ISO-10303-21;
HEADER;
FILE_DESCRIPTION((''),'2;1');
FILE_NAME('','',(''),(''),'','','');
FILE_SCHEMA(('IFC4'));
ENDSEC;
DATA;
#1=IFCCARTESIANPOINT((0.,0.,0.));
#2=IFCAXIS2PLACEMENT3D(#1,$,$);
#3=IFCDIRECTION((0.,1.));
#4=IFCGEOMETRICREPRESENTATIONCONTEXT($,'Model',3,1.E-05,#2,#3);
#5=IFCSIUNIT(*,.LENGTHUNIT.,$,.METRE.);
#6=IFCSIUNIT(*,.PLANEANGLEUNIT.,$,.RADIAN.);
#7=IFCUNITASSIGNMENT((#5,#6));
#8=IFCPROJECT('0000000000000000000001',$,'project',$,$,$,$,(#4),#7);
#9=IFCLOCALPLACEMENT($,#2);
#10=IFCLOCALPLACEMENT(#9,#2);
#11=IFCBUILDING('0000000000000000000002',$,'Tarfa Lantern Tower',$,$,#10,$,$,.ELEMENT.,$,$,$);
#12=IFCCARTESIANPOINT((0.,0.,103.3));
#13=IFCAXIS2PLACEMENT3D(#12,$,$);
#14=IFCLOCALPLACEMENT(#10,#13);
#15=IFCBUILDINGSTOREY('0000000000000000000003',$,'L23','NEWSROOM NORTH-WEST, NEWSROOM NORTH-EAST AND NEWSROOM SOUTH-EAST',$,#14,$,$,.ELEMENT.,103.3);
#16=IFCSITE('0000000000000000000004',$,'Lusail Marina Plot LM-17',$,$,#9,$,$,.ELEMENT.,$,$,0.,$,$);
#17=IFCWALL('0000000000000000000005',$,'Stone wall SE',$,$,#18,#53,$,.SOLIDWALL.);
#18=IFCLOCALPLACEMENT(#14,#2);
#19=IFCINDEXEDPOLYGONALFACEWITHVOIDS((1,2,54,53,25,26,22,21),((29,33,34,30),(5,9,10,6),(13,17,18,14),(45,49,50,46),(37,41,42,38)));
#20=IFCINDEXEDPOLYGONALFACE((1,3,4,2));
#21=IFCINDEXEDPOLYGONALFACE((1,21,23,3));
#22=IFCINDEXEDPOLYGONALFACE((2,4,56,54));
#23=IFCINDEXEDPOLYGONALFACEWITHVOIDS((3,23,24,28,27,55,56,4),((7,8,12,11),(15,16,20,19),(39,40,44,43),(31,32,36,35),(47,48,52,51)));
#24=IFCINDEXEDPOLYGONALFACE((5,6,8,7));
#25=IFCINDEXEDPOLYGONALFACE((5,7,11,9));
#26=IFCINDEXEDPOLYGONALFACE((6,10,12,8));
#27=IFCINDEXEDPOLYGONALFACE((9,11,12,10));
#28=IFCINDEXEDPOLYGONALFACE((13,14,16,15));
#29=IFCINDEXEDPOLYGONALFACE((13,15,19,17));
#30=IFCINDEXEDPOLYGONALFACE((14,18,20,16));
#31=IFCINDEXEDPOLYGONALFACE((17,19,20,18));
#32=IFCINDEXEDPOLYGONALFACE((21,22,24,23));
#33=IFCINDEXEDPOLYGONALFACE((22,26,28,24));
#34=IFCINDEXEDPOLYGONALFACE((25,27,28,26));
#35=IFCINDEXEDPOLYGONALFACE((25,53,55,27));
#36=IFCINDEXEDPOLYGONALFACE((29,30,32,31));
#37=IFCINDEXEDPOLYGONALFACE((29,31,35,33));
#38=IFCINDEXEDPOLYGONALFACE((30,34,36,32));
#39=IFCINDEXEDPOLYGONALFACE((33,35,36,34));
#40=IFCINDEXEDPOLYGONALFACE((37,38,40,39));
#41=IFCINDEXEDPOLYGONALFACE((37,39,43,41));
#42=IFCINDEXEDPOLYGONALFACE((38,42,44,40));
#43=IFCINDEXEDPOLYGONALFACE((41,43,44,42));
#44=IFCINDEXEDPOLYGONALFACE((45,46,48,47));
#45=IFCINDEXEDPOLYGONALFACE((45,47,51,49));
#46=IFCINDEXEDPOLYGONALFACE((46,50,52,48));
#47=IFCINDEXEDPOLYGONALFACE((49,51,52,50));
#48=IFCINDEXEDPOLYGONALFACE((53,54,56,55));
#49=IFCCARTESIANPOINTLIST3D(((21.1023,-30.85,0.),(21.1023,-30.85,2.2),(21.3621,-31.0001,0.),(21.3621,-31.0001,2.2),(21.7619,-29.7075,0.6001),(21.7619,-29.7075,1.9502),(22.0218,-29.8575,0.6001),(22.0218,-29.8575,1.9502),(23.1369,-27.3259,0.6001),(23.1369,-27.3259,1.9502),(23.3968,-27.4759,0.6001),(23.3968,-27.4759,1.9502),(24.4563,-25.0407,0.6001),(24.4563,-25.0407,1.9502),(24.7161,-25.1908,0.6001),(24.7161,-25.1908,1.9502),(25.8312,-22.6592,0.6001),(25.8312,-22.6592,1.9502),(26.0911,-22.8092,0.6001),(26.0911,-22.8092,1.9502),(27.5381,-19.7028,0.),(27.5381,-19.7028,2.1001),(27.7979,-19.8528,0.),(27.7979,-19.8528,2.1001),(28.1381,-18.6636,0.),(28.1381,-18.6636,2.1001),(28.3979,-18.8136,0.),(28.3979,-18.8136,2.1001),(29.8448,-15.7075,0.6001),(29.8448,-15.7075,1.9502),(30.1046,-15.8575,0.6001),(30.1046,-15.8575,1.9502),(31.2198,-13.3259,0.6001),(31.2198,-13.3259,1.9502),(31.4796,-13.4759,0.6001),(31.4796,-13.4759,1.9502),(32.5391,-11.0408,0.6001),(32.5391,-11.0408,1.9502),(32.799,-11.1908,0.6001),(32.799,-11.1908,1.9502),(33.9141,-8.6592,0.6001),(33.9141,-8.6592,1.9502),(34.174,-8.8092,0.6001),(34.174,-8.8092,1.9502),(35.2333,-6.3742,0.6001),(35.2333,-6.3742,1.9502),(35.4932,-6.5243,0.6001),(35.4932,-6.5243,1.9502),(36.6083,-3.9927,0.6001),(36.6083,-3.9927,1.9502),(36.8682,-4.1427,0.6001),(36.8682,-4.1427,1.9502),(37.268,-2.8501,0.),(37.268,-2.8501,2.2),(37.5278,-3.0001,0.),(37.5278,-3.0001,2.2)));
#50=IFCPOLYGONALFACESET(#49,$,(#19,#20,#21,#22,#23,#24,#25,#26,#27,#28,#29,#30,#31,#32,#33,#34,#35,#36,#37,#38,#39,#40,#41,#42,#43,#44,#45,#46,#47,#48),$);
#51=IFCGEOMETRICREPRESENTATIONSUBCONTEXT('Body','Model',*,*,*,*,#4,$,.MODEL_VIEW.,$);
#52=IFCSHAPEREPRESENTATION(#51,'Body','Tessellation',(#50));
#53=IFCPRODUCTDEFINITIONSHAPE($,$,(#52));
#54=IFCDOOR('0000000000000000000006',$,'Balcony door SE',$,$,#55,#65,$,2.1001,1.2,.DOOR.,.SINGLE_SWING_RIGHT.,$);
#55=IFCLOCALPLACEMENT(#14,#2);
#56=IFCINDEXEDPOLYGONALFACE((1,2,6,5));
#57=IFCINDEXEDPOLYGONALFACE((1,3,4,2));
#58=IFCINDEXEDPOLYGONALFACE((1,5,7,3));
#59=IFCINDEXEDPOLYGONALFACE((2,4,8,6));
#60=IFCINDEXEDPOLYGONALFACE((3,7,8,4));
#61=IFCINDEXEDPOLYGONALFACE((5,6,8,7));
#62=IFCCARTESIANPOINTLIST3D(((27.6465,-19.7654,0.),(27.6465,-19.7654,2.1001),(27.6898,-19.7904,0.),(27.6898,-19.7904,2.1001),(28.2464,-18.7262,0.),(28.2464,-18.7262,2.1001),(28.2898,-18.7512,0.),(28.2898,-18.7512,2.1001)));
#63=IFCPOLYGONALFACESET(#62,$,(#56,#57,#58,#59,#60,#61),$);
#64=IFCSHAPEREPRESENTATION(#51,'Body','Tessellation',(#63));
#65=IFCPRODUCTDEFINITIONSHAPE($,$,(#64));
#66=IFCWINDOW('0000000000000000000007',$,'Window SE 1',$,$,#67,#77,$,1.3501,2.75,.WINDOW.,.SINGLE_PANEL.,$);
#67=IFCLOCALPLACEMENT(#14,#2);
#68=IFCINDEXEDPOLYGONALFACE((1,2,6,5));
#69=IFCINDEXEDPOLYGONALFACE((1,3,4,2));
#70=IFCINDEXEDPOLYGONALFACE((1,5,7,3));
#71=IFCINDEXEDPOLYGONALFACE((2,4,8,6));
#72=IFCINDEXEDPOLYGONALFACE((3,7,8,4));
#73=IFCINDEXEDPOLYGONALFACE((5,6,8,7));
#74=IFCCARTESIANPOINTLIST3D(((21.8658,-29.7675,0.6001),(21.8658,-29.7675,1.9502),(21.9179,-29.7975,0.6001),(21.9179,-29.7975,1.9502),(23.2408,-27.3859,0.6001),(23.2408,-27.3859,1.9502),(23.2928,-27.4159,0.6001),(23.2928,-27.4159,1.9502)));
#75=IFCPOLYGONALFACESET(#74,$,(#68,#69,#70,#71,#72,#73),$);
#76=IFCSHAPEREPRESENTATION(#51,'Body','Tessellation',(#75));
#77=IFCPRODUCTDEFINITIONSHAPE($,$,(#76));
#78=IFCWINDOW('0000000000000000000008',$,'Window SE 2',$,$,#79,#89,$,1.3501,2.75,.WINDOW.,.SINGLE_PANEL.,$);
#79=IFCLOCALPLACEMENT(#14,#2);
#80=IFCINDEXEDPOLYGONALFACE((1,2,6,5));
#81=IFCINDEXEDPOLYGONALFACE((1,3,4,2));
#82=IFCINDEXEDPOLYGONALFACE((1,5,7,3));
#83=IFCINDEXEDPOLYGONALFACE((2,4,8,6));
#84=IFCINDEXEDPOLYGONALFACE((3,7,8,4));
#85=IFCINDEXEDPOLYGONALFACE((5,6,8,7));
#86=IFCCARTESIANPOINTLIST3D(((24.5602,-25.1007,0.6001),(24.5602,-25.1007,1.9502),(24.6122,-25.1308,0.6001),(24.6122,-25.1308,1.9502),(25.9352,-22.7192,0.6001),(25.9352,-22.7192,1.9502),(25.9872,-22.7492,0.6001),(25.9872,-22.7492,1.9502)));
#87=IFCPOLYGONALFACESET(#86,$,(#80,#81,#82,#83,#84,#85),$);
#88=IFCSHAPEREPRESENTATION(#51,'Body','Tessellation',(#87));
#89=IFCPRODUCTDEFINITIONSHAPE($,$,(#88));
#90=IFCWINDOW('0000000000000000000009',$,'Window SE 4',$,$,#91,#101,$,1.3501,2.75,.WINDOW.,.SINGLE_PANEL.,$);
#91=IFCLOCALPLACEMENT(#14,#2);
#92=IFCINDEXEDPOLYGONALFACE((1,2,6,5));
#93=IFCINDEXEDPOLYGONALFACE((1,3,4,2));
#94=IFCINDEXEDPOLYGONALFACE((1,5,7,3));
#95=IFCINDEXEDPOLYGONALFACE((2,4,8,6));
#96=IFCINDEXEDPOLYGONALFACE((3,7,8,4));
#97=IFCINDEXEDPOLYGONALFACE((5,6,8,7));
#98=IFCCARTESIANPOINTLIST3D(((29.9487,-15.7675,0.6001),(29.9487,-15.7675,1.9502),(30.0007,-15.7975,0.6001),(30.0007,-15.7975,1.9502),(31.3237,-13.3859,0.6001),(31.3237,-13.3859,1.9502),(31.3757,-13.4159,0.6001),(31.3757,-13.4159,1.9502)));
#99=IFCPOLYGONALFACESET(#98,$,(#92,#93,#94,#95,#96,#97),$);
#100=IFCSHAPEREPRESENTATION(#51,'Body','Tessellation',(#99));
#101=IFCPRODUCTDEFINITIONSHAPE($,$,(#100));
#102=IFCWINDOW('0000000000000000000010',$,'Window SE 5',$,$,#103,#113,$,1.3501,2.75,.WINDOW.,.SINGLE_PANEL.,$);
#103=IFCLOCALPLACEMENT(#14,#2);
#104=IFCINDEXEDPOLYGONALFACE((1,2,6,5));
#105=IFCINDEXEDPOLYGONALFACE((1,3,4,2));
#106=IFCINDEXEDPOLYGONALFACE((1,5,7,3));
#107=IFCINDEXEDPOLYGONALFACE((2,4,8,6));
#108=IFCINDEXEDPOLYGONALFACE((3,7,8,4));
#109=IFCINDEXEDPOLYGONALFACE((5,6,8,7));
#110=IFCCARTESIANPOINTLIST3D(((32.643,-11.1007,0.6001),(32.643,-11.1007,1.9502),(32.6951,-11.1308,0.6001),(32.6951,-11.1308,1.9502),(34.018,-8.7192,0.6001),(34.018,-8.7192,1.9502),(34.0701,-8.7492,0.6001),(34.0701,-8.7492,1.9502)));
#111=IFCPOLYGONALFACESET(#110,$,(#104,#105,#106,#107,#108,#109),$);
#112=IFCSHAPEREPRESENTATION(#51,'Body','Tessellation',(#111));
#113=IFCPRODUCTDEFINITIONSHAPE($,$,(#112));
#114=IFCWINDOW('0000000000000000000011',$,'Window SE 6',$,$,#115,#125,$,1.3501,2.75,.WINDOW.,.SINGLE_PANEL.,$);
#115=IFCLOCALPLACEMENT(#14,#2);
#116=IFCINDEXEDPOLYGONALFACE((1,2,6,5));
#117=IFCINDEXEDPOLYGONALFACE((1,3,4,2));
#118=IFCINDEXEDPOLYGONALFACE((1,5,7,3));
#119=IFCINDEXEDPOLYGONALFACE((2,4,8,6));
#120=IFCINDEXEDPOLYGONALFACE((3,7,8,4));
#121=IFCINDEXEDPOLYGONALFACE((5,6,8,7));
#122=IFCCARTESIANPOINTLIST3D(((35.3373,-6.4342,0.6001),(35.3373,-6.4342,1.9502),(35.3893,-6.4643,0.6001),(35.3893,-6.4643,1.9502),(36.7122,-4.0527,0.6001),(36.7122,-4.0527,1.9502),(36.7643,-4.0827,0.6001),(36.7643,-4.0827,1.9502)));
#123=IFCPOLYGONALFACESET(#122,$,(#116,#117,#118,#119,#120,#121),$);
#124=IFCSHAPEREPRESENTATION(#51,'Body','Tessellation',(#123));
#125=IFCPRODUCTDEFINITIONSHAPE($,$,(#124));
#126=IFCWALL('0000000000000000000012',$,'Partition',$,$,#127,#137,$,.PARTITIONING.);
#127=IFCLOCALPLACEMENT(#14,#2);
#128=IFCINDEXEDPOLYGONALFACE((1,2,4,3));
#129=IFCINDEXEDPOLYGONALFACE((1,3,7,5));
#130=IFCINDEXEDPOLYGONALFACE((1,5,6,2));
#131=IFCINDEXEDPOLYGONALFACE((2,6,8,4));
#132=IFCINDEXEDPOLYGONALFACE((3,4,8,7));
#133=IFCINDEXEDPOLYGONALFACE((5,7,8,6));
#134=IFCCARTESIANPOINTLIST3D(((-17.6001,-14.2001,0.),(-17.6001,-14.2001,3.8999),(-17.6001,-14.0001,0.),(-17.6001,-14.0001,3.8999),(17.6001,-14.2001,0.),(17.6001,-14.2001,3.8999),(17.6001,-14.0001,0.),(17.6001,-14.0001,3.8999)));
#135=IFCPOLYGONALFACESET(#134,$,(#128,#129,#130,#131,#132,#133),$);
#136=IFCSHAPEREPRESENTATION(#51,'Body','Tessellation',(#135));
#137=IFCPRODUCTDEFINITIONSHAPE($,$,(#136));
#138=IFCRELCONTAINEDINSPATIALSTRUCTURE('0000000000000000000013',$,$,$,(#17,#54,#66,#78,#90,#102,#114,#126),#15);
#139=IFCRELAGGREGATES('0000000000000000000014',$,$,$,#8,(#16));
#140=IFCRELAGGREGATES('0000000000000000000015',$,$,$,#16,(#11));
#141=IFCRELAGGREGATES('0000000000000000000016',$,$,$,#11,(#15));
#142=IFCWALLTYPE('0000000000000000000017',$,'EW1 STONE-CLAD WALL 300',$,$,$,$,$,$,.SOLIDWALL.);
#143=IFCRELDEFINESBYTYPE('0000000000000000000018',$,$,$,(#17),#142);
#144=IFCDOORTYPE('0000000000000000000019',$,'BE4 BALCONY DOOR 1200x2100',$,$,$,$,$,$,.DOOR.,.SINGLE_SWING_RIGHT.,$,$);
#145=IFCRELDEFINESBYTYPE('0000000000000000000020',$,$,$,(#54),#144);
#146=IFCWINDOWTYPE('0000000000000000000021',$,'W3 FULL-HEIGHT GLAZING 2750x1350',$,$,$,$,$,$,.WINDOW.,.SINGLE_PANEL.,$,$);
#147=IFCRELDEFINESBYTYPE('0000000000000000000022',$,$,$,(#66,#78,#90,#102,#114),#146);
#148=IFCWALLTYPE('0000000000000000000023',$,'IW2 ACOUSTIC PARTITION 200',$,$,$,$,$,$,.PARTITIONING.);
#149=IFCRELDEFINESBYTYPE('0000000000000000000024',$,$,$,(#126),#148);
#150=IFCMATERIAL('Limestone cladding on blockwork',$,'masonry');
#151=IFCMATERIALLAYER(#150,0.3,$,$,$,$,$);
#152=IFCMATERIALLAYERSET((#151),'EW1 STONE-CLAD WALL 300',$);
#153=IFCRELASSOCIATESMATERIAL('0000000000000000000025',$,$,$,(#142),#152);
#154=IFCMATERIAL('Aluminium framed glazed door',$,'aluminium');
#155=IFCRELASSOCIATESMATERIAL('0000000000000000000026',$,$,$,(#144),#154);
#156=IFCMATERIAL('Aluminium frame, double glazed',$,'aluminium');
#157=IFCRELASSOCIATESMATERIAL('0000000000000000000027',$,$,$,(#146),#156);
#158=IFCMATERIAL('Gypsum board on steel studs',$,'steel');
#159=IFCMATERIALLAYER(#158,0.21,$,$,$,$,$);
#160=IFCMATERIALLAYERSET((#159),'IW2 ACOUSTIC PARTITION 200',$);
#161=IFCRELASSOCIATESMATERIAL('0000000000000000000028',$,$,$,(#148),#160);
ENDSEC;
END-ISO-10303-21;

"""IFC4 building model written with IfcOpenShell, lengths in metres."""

from ifc_helpers import new_model, si_unit, direction, frame, frame_2d, origin, place, context, subcontext, project, spatial, rectangle, extrude, material, layer, layer_set, type_object, element, fill, save


model = new_model("IFC4")

# Units and contexts
model_context = context("Model", 3, precision=1e-05, world=origin(), true_north=direction((0.0, 1.0)))
body_context = subcontext(model_context, "Body", "Model", "MODEL_VIEW")
ifc_project = project(units=[si_unit("LENGTHUNIT", "METRE"), si_unit("PLANEANGLEUNIT", "RADIAN")], contexts=[model_context])

# Site, building, storey
site_placement = place(None, origin())
site = spatial("IfcSite", under=ifc_project, at=site_placement, Name="Lusail Marina Plot LM-17", CompositionType="ELEMENT", RefElevation=0.0)
building_placement = place(site_placement, origin())
building = spatial("IfcBuilding", under=site, at=building_placement, Name="Tarfa Lantern Tower", CompositionType="ELEMENT")
storey_placement = place(building_placement, frame((0.0, 0.0, 103.3)))
storey = spatial("IfcBuildingStorey", under=building, at=storey_placement, Name="L23", Description="NEWSROOM NORTH-WEST, NEWSROOM NORTH-EAST AND NEWSROOM SOUTH-EAST", CompositionType="ELEMENT", Elevation=103.3)

# Wall, openings, door, windows
ifc_material_1 = material(Name="Limestone cladding on blockwork", Category="masonry")
ifc_layer_1 = layer(ifc_material_1, 0.3)
ifc_layer_set_1 = layer_set([ifc_layer_1], Name="EW1 STONE-CLAD WALL 300")
wall_type_1 = type_object("IfcWallType", Name="EW1 STONE-CLAD WALL 300", PredefinedType="SOLIDWALL", material=ifc_layer_set_1)
wall_1_placement = place(storey_placement, frame((21.2322, -30.925, 0.0), z_axis=(0.0, 0.0, 1.0), x_axis=(0.499999, 0.866026, 0.0)))
wall_1 = element("IfcWall", 1, at=wall_1_placement, inside=storey, type_object=wall_type_1, Name="Stone wall SE", PredefinedType="SOLIDWALL", context=body_context, shape_type="SweptSolid", body=[
    extrude(rectangle(XDim=32.3315, YDim=0.3, at=frame_2d((16.1658, 0.0))), origin(), (0.0, 0.0, 1.0), 2.2),
])
opening_1_placement = place(wall_1_placement, frame((1.3193, 0.0, 0.6001)))
opening_1 = element("IfcOpeningElement", 2, at=opening_1_placement, cuts=wall_1, PredefinedType="OPENING", context=body_context, shape_type="SweptSolid", body=[
    extrude(rectangle(XDim=2.75, YDim=1.3501, at=frame_2d((1.375, 0.675))), frame((0.0, 0.1599, 0.0), z_axis=(0.0, -1.0, 0.0), x_axis=(1.0, 0.0, 0.0)), (0.0, 0.0, 1.0), 0.3201),
])
opening_2_placement = place(wall_1_placement, frame((6.708, 0.0, 0.6001)))
opening_2 = element("IfcOpeningElement", 3, at=opening_2_placement, cuts=wall_1, PredefinedType="OPENING", context=body_context, shape_type="SweptSolid", body=[
    extrude(rectangle(XDim=2.75, YDim=1.3501, at=frame_2d((1.375, 0.675))), frame((0.0, 0.1599, 0.0), z_axis=(0.0, -1.0, 0.0), x_axis=(1.0, 0.0, 0.0)), (0.0, 0.0, 1.0), 0.3201),
])
opening_3_placement = place(wall_1_placement, frame((12.8716, 0.0, 0.0)))
opening_3 = element("IfcOpeningElement", 4, at=opening_3_placement, cuts=wall_1, PredefinedType="OPENING", context=body_context, shape_type="SweptSolid", body=[
    extrude(rectangle(XDim=1.2, YDim=2.1001, at=frame_2d((0.6001, 1.05))), frame((0.0, 0.1599, 0.0), z_axis=(0.0, -1.0, 0.0), x_axis=(1.0, 0.0, 0.0)), (0.0, 0.0, 1.0), 0.3201),
])
opening_4_placement = place(wall_1_placement, frame((17.4851, 0.0, 0.6001)))
opening_4 = element("IfcOpeningElement", 5, at=opening_4_placement, cuts=wall_1, PredefinedType="OPENING", context=body_context, shape_type="SweptSolid", body=[
    extrude(rectangle(XDim=2.75, YDim=1.3501, at=frame_2d((1.375, 0.675))), frame((0.0, 0.1599, 0.0), z_axis=(0.0, -1.0, 0.0), x_axis=(1.0, 0.0, 0.0)), (0.0, 0.0, 1.0), 0.3201),
])
opening_5_placement = place(wall_1_placement, frame((22.8738, 0.0, 0.6001)))
opening_5 = element("IfcOpeningElement", 6, at=opening_5_placement, cuts=wall_1, PredefinedType="OPENING", context=body_context, shape_type="SweptSolid", body=[
    extrude(rectangle(XDim=2.75, YDim=1.3501, at=frame_2d((1.375, 0.675))), frame((0.0, 0.1599, 0.0), z_axis=(0.0, -1.0, 0.0), x_axis=(1.0, 0.0, 0.0)), (0.0, 0.0, 1.0), 0.3201),
])
opening_6_placement = place(wall_1_placement, frame((28.2622, 0.0, 0.6001)))
opening_6 = element("IfcOpeningElement", 7, at=opening_6_placement, cuts=wall_1, PredefinedType="OPENING", context=body_context, shape_type="SweptSolid", body=[
    extrude(rectangle(XDim=2.75, YDim=1.3501, at=frame_2d((1.375, 0.675))), frame((0.0, 0.1599, 0.0), z_axis=(0.0, -1.0, 0.0), x_axis=(1.0, 0.0, 0.0)), (0.0, 0.0, 1.0), 0.3201),
])
ifc_material_2 = material(Name="Aluminium framed glazed door", Category="aluminium")
door_type_1 = type_object("IfcDoorType", Name="BE4 BALCONY DOOR 1200x2100", OperationType="SINGLE_SWING_RIGHT", PredefinedType="DOOR", material=ifc_material_2)
door_1_placement = place(opening_3_placement, origin())
door_1 = element("IfcDoor", 8, at=door_1_placement, inside=storey, type_object=door_type_1, Name="Balcony door SE", OperationType="SINGLE_SWING_RIGHT", OverallHeight=2.1001, OverallWidth=1.2, PredefinedType="DOOR", context=body_context, shape_type="SweptSolid", body=[
    extrude(rectangle(XDim=1.2, YDim=2.1001, at=frame_2d((0.6001, 1.05))), frame((0.0, 0.0249, 0.0), z_axis=(0.0, -1.0, 0.0), x_axis=(1.0, 0.0, 0.0)), (0.0, 0.0, 1.0), 0.05),
])
fill(opening_3, door_1)
ifc_material_3 = material(Name="Aluminium frame, double glazed", Category="aluminium")
window_type = type_object("IfcWindowType", Name="W3 FULL-HEIGHT GLAZING 2750x1350", PartitioningType="SINGLE_PANEL", PredefinedType="WINDOW", material=ifc_material_3)
window_1_placement = place(opening_1_placement, origin())
window_1 = element("IfcWindow", 9, at=window_1_placement, inside=storey, type_object=window_type, Name="Window SE 1", OverallHeight=1.3501, OverallWidth=2.75, PartitioningType="SINGLE_PANEL", PredefinedType="WINDOW", context=body_context, shape_type="SweptSolid", body=[
    extrude(rectangle(XDim=2.75, YDim=1.3501, at=frame_2d((1.375, 0.675))), frame((0.0, 0.03, 0.0), z_axis=(0.0, -1.0, 0.0), x_axis=(1.0, 0.0, 0.0)), (0.0, 0.0, 1.0), 0.0601),
])
fill(opening_1, window_1)
window_2_placement = place(opening_2_placement, origin())
window_2 = element("IfcWindow", 10, at=window_2_placement, inside=storey, type_object=window_type, Name="Window SE 2", OverallHeight=1.3501, OverallWidth=2.75, PartitioningType="SINGLE_PANEL", PredefinedType="WINDOW", context=body_context, shape_type="SweptSolid", body=[
    extrude(rectangle(XDim=2.75, YDim=1.3501, at=frame_2d((1.375, 0.675))), frame((0.0, 0.03, 0.0), z_axis=(0.0, -1.0, 0.0), x_axis=(1.0, 0.0, 0.0)), (0.0, 0.0, 1.0), 0.0601),
])
fill(opening_2, window_2)
window_3_placement = place(opening_4_placement, origin())
window_3 = element("IfcWindow", 11, at=window_3_placement, inside=storey, type_object=window_type, Name="Window SE 4", OverallHeight=1.3501, OverallWidth=2.75, PartitioningType="SINGLE_PANEL", PredefinedType="WINDOW", context=body_context, shape_type="SweptSolid", body=[
    extrude(rectangle(XDim=2.75, YDim=1.3501, at=frame_2d((1.375, 0.675))), frame((0.0, 0.03, 0.0), z_axis=(0.0, -1.0, 0.0), x_axis=(1.0, 0.0, 0.0)), (0.0, 0.0, 1.0), 0.0601),
])
fill(opening_4, window_3)
window_4_placement = place(opening_5_placement, origin())
window_4 = element("IfcWindow", 12, at=window_4_placement, inside=storey, type_object=window_type, Name="Window SE 5", OverallHeight=1.3501, OverallWidth=2.75, PartitioningType="SINGLE_PANEL", PredefinedType="WINDOW", context=body_context, shape_type="SweptSolid", body=[
    extrude(rectangle(XDim=2.75, YDim=1.3501, at=frame_2d((1.375, 0.675))), frame((0.0, 0.03, 0.0), z_axis=(0.0, -1.0, 0.0), x_axis=(1.0, 0.0, 0.0)), (0.0, 0.0, 1.0), 0.0601),
])
fill(opening_5, window_4)
window_5_placement = place(opening_6_placement, origin())
window_5 = element("IfcWindow", 13, at=window_5_placement, inside=storey, type_object=window_type, Name="Window SE 6", OverallHeight=1.3501, OverallWidth=2.75, PartitioningType="SINGLE_PANEL", PredefinedType="WINDOW", context=body_context, shape_type="SweptSolid", body=[
    extrude(rectangle(XDim=2.75, YDim=1.3501, at=frame_2d((1.375, 0.675))), frame((0.0, 0.03, 0.0), z_axis=(0.0, -1.0, 0.0), x_axis=(1.0, 0.0, 0.0)), (0.0, 0.0, 1.0), 0.0601),
])
fill(opening_6, window_5)

# Wall
ifc_material_4 = material(Name="Gypsum board on steel studs", Category="steel")
ifc_layer_2 = layer(ifc_material_4, 0.21)
ifc_layer_set_2 = layer_set([ifc_layer_2], Name="IW2 ACOUSTIC PARTITION 200")
wall_type_2 = type_object("IfcWallType", Name="IW2 ACOUSTIC PARTITION 200", PredefinedType="PARTITIONING", material=ifc_layer_set_2)
wall_2_placement = place(storey_placement, frame((17.6001, -14.1001, 0.0), z_axis=(0.0, 0.0, 1.0), x_axis=(-1.0, 0.0, 0.0)))
element("IfcWall", 14, at=wall_2_placement, inside=storey, type_object=wall_type_2, Name="Partition", PredefinedType="PARTITIONING", context=body_context, shape_type="SweptSolid", body=[
    extrude(rectangle(XDim=35.2002, YDim=0.2, at=frame_2d((17.6001, 0.0))), origin(), (0.0, 0.0, 1.0), 3.8999),
])

save(model, "model.ifc")
